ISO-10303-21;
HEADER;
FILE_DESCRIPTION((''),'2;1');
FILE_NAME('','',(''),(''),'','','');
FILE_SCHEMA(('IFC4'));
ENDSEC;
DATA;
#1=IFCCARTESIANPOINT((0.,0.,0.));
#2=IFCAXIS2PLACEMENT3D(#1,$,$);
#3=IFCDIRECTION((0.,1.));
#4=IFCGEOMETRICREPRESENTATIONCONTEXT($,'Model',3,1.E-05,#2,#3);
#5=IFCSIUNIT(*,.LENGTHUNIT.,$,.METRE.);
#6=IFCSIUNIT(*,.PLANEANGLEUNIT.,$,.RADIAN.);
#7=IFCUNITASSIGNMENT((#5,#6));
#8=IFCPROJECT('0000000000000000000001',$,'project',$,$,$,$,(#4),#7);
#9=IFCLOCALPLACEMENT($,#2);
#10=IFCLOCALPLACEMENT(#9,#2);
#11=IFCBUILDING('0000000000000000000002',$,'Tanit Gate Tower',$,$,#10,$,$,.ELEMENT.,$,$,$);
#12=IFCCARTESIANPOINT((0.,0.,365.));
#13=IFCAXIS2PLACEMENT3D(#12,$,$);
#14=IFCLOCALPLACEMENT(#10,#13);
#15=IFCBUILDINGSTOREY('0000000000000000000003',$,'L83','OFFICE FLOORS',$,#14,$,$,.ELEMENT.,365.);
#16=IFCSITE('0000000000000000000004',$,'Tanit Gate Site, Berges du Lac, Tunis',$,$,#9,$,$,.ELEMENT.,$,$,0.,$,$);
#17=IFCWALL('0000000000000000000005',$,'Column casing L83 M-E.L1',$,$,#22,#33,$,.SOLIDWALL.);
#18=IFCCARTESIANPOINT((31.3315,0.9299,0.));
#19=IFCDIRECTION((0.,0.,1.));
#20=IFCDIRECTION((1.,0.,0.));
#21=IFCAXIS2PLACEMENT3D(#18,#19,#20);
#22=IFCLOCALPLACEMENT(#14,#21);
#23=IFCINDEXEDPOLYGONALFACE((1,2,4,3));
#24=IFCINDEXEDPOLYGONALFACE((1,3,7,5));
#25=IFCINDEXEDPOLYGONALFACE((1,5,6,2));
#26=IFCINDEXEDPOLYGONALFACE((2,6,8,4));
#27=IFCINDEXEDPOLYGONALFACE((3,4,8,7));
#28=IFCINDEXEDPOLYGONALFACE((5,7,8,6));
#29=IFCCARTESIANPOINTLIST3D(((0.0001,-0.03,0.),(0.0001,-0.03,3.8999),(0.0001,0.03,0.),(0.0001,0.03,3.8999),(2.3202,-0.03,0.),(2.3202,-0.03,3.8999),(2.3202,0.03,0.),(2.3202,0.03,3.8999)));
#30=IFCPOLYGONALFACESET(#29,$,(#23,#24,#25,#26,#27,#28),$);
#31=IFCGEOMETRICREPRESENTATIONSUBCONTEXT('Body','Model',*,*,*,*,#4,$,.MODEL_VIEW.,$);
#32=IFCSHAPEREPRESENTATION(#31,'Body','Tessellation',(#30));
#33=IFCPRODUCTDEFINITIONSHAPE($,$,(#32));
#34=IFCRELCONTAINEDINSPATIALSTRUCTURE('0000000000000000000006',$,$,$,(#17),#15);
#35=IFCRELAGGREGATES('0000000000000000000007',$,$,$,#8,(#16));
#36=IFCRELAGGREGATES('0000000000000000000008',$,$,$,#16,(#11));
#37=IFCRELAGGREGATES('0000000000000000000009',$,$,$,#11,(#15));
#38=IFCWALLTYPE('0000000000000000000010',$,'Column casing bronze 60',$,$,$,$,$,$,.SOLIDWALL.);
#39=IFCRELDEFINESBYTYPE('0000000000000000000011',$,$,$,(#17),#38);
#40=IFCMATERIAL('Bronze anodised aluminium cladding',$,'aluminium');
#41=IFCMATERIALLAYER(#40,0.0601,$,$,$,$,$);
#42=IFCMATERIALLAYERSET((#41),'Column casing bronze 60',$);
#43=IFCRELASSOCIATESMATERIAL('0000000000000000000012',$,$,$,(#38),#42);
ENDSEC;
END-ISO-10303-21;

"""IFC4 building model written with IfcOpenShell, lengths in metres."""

from ifc_helpers import new_model, si_unit, direction, frame, frame_2d, origin, place, context, subcontext, project, spatial, rectangle, extrude, material, layer, layer_set, type_object, element, save


model = new_model("IFC4")

# Units and contexts
model_context = context("Model", 3, precision=1e-05, world=origin(), true_north=direction((0.0, 1.0)))
body_context = subcontext(model_context, "Body", "Model", "MODEL_VIEW")
ifc_project = project(units=[si_unit("LENGTHUNIT", "METRE"), si_unit("PLANEANGLEUNIT", "RADIAN")], contexts=[model_context])

# Site, building, storey
site_placement = place(None, origin())
site = spatial("IfcSite", under=ifc_project, at=site_placement, Name="Tanit Gate Site, Berges du Lac, Tunis", CompositionType="ELEMENT", RefElevation=0.0)
building_placement = place(site_placement, origin())
building = spatial("IfcBuilding", under=site, at=building_placement, Name="Tanit Gate Tower", CompositionType="ELEMENT")
storey_placement = place(building_placement, frame((0.0, 0.0, 365.0)))
storey = spatial("IfcBuildingStorey", under=building, at=storey_placement, Name="L83", Description="OFFICE FLOORS", CompositionType="ELEMENT", Elevation=365.0)

# Wall
ifc_material_1 = material(Name="Bronze anodised aluminium cladding", Category="aluminium")
ifc_layer_1 = layer(ifc_material_1, 0.0601)
ifc_layer_set_1 = layer_set([ifc_layer_1], Name="Column casing bronze 60")
wall_type_1 = type_object("IfcWallType", Name="Column casing bronze 60", PredefinedType="SOLIDWALL", material=ifc_layer_set_1)
wall_1_placement = place(storey_placement, frame((31.3315, 0.9299, 0.0), z_axis=(0.0, 0.0, 1.0), x_axis=(1.0, 0.0, 0.0)))
element("IfcWall", 1, at=wall_1_placement, inside=storey, type_object=wall_type_1, Name="Column casing L83 M-E.L1", PredefinedType="SOLIDWALL", context=body_context, shape_type="SweptSolid", body=[
    extrude(rectangle(XDim=2.3201, YDim=0.0601, at=frame_2d((1.1602, 0.0))), origin(), (0.0, 0.0, 1.0), 3.8999),
])

save(model, "model.ifc")
